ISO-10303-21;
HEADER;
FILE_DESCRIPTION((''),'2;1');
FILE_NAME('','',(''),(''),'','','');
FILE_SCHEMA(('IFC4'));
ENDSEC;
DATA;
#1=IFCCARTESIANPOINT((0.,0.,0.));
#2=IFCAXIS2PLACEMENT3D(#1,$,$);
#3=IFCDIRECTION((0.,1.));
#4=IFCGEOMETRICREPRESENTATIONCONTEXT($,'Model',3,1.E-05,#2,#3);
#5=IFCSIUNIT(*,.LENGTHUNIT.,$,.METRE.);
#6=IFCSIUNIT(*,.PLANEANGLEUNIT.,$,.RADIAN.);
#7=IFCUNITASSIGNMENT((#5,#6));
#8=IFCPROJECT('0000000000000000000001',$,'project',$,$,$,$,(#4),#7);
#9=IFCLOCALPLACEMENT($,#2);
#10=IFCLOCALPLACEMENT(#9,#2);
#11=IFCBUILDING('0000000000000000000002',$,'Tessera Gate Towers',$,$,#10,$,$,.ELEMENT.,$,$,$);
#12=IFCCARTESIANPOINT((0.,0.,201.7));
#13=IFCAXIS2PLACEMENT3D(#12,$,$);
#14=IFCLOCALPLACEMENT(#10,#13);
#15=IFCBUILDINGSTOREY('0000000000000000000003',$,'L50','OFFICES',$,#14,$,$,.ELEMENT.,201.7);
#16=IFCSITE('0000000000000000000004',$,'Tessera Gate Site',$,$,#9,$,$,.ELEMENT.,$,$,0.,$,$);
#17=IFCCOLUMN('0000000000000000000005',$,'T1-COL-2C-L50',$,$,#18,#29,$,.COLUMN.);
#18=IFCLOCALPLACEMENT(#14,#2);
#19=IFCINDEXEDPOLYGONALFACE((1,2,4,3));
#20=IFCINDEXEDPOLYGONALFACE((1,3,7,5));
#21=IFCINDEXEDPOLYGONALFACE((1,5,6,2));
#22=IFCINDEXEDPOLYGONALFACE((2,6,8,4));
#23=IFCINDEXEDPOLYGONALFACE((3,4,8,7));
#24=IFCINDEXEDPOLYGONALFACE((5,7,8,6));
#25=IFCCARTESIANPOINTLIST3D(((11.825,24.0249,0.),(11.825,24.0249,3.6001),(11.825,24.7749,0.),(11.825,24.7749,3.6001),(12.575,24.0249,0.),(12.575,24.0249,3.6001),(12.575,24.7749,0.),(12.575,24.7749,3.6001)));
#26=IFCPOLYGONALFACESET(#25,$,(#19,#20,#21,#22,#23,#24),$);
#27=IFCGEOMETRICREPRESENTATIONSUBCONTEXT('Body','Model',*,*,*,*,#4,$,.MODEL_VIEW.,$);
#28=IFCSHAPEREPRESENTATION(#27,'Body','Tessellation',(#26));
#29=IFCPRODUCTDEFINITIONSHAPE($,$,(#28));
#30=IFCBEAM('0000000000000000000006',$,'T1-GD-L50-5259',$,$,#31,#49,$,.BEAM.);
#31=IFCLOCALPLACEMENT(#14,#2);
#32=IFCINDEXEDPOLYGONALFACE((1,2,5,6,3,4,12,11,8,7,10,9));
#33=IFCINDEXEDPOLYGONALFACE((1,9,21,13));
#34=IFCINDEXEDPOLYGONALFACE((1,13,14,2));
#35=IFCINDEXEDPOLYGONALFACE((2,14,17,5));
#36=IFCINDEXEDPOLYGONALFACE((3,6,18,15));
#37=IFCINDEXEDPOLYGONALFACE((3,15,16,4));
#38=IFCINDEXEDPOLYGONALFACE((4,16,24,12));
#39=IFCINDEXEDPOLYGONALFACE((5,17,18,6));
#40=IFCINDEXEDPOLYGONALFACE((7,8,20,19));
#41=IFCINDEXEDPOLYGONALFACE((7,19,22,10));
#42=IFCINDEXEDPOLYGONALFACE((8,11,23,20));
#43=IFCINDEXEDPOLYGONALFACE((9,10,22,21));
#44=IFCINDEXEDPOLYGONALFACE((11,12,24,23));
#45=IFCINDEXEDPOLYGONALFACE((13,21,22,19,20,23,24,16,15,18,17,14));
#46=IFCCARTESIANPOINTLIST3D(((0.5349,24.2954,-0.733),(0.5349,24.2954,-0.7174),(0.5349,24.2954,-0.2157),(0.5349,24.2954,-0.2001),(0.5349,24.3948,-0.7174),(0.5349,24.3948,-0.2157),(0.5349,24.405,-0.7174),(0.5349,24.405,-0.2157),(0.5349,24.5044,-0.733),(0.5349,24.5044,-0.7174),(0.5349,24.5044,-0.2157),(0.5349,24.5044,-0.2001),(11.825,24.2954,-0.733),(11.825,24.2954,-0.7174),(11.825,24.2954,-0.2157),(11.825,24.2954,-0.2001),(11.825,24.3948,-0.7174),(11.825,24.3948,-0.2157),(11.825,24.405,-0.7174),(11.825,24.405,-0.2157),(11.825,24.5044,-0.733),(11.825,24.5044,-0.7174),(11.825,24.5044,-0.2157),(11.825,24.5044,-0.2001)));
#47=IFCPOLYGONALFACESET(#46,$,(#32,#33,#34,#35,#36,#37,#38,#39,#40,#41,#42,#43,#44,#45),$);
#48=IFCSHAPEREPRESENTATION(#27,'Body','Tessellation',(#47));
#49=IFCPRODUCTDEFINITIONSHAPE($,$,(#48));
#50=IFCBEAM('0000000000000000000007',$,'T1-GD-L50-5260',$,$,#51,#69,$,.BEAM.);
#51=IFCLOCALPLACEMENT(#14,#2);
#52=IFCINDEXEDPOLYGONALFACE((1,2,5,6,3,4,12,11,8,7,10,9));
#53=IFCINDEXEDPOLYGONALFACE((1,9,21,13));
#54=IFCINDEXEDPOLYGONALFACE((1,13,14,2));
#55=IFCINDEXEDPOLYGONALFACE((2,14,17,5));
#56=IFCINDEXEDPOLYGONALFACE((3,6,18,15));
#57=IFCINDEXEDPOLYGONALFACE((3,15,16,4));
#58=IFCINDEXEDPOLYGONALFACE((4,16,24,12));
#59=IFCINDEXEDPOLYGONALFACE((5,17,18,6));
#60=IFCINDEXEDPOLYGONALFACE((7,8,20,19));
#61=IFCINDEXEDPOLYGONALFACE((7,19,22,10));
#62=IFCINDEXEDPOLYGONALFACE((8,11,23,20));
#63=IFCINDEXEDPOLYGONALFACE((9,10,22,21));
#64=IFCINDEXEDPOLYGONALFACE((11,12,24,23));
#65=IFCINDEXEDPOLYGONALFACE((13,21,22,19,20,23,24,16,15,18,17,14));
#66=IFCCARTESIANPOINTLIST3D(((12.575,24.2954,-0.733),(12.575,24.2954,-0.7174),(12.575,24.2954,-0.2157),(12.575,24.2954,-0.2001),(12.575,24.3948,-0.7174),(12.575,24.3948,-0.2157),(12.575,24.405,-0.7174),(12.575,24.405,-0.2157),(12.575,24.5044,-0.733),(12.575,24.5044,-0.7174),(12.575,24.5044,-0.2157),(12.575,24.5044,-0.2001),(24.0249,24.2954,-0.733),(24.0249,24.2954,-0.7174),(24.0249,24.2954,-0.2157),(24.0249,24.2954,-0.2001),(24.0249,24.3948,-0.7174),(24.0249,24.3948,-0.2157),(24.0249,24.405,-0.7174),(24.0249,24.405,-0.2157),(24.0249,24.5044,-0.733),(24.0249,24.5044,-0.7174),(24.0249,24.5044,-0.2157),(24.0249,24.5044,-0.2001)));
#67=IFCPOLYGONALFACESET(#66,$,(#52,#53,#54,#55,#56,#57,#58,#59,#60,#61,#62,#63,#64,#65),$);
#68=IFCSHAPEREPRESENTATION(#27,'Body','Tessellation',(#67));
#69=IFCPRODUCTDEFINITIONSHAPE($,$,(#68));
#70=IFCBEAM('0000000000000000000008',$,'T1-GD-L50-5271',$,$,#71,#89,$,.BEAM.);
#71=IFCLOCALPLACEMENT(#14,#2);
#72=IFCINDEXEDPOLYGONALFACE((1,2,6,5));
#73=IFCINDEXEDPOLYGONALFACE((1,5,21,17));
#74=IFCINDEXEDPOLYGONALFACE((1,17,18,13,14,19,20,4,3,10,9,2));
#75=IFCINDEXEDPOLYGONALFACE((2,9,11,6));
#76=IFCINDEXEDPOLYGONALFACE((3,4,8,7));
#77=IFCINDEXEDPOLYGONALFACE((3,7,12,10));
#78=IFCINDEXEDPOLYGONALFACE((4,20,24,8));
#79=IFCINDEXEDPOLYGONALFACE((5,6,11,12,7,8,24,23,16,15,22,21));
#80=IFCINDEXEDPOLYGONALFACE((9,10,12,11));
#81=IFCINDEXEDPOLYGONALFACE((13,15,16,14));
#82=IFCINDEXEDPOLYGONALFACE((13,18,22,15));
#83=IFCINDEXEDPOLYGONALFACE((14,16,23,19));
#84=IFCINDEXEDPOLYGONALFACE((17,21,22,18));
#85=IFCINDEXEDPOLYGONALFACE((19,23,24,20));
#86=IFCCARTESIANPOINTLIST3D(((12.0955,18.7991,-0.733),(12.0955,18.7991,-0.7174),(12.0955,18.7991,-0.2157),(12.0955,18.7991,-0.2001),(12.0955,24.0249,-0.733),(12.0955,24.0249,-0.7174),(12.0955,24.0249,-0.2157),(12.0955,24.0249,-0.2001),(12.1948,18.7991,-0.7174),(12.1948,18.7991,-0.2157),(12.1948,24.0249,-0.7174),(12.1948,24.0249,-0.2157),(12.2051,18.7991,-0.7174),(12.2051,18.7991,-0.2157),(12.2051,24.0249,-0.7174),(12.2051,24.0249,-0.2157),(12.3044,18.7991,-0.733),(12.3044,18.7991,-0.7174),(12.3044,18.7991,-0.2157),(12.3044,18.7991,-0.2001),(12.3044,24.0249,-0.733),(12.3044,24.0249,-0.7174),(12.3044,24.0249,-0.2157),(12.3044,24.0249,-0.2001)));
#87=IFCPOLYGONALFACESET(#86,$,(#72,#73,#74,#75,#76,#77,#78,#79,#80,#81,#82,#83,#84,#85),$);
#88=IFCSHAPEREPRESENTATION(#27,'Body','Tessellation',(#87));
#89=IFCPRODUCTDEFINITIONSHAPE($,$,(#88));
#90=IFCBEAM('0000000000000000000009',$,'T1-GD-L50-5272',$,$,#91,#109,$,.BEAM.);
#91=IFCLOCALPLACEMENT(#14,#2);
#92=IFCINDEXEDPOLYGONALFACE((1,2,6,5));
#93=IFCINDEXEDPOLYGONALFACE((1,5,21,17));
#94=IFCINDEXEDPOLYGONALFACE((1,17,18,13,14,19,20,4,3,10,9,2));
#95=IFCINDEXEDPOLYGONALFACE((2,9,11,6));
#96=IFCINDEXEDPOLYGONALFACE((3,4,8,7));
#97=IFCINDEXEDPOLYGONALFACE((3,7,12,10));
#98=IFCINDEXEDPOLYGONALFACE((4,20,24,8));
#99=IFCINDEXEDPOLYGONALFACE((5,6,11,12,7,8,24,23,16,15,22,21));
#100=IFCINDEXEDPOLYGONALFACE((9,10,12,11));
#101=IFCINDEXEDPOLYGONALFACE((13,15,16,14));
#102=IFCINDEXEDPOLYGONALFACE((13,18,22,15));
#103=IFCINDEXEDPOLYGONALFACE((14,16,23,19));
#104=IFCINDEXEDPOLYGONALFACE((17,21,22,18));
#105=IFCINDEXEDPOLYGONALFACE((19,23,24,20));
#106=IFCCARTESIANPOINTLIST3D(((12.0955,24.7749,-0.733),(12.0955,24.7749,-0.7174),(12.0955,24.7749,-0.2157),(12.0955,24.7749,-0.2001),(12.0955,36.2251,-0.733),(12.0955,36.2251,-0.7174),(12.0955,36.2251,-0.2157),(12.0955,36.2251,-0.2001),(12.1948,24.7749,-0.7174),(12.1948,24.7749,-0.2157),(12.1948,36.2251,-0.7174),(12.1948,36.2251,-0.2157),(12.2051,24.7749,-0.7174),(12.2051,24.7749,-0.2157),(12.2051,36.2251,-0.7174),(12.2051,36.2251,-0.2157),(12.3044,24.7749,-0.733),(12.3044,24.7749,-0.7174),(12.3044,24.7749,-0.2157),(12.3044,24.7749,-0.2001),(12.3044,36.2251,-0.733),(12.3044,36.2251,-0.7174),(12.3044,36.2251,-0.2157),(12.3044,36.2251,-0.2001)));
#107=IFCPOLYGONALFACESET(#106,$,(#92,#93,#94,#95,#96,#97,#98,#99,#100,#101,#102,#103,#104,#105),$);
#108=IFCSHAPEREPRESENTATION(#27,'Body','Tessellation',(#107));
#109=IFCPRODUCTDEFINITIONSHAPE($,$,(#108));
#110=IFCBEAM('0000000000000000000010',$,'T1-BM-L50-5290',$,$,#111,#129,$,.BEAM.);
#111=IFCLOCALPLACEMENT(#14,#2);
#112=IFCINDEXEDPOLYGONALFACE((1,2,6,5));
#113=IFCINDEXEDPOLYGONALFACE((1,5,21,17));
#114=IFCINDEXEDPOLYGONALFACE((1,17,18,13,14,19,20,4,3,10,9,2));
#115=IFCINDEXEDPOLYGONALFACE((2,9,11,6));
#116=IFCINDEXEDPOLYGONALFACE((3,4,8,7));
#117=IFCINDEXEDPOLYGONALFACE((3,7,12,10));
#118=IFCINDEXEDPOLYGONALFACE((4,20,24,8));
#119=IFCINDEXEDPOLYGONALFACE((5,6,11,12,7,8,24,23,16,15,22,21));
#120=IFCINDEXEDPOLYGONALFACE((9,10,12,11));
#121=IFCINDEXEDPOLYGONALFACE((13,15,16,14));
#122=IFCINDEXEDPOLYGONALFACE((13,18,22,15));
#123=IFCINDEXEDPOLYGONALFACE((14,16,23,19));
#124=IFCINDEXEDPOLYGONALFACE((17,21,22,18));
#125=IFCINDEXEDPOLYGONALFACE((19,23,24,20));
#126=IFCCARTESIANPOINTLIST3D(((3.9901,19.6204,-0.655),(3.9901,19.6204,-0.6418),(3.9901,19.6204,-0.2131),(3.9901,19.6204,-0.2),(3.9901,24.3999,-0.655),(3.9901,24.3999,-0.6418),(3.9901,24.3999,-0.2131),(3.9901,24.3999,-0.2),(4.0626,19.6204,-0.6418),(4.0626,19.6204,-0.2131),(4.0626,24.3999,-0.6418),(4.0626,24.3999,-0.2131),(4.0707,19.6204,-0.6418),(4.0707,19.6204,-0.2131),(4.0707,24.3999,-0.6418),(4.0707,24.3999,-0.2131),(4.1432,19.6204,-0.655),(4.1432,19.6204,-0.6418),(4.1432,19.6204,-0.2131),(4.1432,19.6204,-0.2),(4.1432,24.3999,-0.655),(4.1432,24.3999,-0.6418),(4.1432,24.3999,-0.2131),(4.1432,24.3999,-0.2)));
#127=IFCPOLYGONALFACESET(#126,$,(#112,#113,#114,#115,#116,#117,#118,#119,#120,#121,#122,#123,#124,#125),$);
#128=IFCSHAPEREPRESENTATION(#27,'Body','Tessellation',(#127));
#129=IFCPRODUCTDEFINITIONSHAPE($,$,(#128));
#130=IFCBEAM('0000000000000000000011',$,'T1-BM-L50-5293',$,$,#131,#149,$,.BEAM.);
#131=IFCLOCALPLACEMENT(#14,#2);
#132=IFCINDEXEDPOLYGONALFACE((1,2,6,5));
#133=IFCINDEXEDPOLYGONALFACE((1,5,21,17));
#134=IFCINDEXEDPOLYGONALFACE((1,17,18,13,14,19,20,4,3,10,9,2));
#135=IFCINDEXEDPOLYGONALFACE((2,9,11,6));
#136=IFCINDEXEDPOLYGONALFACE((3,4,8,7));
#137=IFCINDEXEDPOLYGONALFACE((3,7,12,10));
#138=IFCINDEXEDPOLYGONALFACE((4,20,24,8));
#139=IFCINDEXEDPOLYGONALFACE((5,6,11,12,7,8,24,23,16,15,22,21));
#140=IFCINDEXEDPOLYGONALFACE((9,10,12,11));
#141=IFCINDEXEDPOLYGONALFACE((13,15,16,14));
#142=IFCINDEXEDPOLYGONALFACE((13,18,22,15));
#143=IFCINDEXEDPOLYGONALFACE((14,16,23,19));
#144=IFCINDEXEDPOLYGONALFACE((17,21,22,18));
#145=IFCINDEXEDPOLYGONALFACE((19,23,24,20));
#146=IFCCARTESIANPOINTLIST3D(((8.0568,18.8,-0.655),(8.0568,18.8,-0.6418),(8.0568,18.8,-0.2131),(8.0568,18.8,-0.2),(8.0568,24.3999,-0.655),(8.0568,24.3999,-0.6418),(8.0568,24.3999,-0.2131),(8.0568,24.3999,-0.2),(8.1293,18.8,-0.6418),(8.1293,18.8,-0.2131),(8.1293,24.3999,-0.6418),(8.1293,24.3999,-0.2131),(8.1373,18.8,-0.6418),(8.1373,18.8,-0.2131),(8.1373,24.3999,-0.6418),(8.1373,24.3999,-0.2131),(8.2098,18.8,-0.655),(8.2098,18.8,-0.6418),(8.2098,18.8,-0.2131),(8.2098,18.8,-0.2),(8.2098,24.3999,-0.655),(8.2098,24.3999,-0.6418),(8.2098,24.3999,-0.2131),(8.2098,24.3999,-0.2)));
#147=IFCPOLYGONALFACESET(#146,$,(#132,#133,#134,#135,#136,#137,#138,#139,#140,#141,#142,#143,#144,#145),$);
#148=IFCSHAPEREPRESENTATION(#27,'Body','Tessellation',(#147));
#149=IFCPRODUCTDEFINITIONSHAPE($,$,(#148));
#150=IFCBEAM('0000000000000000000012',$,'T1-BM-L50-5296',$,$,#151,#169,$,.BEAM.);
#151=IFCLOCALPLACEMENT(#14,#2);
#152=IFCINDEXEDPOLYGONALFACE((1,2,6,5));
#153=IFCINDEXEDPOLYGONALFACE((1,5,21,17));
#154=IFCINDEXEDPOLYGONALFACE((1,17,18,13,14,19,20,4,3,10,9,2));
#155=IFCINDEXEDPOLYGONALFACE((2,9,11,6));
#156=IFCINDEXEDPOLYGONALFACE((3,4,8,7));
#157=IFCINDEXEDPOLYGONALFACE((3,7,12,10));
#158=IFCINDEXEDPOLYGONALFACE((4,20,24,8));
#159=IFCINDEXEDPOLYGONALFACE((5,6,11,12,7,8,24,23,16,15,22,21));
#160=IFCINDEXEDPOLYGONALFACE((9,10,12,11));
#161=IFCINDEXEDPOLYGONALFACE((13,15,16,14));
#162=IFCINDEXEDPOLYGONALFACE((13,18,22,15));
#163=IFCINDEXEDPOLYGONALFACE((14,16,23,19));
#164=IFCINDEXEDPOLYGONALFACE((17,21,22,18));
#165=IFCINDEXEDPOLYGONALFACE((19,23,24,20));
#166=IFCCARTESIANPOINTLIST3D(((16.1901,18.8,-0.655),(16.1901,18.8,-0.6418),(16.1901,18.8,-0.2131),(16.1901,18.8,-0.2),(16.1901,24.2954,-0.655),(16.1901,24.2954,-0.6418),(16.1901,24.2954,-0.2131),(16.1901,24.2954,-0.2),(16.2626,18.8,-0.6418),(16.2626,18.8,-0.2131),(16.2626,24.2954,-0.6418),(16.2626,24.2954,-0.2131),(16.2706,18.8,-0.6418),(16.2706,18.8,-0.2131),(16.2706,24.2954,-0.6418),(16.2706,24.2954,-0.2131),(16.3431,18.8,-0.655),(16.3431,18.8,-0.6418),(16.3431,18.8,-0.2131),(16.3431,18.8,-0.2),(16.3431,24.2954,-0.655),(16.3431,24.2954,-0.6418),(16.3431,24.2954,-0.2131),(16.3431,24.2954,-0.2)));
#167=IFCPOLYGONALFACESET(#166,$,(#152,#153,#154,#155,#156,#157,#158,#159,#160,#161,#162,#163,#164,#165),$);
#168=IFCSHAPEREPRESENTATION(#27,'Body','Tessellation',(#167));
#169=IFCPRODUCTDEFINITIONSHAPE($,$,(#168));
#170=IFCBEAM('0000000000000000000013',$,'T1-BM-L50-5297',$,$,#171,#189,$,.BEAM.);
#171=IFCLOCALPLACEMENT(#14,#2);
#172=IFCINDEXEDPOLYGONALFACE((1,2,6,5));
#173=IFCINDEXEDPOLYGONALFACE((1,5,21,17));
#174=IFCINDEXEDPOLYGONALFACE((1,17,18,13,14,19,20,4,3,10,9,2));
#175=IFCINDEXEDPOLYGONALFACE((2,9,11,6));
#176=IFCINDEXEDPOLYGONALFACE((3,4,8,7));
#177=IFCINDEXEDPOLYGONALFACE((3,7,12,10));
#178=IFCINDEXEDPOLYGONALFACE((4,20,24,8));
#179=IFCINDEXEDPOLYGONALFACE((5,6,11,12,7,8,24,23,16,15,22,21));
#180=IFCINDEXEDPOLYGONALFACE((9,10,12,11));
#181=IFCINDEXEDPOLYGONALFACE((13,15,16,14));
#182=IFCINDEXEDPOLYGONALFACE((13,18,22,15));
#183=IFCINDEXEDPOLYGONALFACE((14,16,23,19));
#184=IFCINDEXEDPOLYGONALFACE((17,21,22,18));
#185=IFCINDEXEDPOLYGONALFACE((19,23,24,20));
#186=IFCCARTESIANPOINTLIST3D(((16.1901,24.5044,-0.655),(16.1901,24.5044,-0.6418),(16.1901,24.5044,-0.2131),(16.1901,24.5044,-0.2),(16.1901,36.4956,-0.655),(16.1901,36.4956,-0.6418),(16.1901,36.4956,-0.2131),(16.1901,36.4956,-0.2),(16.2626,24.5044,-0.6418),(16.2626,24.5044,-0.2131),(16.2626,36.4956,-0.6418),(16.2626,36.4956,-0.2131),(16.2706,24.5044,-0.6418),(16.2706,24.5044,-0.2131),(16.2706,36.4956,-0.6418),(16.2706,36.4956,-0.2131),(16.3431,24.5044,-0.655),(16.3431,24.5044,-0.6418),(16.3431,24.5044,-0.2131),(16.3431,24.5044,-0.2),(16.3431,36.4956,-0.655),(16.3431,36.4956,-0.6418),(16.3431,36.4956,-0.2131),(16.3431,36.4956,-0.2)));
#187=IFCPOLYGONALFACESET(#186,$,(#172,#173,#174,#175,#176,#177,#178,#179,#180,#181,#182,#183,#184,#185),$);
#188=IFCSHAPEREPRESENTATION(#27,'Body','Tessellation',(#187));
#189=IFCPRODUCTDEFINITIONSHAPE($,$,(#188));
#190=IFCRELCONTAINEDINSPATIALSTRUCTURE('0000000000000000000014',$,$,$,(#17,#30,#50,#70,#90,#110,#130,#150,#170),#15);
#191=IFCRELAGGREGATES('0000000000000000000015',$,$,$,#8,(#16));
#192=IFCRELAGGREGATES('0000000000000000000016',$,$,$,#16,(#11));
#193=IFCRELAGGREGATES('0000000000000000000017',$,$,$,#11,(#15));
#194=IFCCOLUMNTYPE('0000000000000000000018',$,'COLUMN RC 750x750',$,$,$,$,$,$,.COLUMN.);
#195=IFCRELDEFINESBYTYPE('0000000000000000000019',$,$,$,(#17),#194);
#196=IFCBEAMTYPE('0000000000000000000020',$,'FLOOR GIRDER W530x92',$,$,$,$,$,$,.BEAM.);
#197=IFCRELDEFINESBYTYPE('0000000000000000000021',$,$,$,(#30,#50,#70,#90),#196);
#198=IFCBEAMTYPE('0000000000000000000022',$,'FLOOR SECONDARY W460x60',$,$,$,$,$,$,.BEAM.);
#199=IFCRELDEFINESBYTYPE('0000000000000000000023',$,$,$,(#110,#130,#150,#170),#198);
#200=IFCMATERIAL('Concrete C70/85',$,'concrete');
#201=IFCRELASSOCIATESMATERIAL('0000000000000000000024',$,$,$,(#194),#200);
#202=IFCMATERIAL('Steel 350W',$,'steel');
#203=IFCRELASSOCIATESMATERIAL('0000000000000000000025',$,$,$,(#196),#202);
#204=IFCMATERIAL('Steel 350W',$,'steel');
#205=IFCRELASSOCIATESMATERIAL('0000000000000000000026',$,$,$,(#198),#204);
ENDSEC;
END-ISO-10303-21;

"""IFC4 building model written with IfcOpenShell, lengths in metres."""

from ifc_helpers import new_model, si_unit, direction, frame, origin, origin_2d, place, context, subcontext, project, spatial, rectangle, i_section, extrude, material, material_profile, profile_set, type_object, element, save


model = new_model("IFC4")

# Units and contexts
model_context = context("Model", 3, precision=1e-05, world=origin(), true_north=direction((0.0, 1.0)))
body_context = subcontext(model_context, "Body", "Model", "MODEL_VIEW")
ifc_project = project(units=[si_unit("LENGTHUNIT", "METRE"), si_unit("PLANEANGLEUNIT", "RADIAN")], contexts=[model_context])

# Site, building, storey
site_placement = place(None, origin())
site = spatial("IfcSite", under=ifc_project, at=site_placement, Name="Tessera Gate Site", CompositionType="ELEMENT", RefElevation=0.0)
building_placement = place(site_placement, origin())
building = spatial("IfcBuilding", under=site, at=building_placement, Name="Tessera Gate Towers", CompositionType="ELEMENT")
storey_placement = place(building_placement, frame((0.0, 0.0, 201.7)))
storey = spatial("IfcBuildingStorey", under=building, at=storey_placement, Name="L50", Description="OFFICES", CompositionType="ELEMENT", Elevation=201.7)

# Column
ifc_material_1 = material(Name="Concrete C70/85", Category="concrete")
ifc_material_profile_1 = material_profile(ifc_material_1, rectangle(XDim=0.75, YDim=0.75, at=origin_2d()), Name="RC 750x750")
ifc_profile_set_1 = profile_set([ifc_material_profile_1], Name="Concrete C70/85")
column_type = type_object("IfcColumnType", Name="COLUMN RC 750x750", PredefinedType="COLUMN", material=ifc_profile_set_1)
column_placement = place(storey_placement, frame((12.2, 24.3999, 0.0), z_axis=(0.0, 0.0, 1.0), x_axis=(1.0, 0.0, 0.0)))
element("IfcColumn", 1, at=column_placement, inside=storey, type_object=column_type, Name="T1-COL-2C-L50", PredefinedType="COLUMN", context=body_context, shape_type="SweptSolid", body=[
    extrude(rectangle(XDim=0.75, YDim=0.75, at=origin_2d()), origin(), (0.0, 0.0, 1.0), 3.6001),
])

# Beams
ifc_material_2 = material(Name="Steel 350W", Category="steel")
ifc_material_profile_2 = material_profile(ifc_material_2, i_section(OverallWidth=0.209, OverallDepth=0.533, WebThickness=0.0103, FlangeThickness=0.0156, at=origin_2d()), Name="W530x92")
ifc_profile_set_2 = profile_set([ifc_material_profile_2], Name="Steel 350W")
beam_type_1 = type_object("IfcBeamType", Name="FLOOR GIRDER W530x92", PredefinedType="BEAM", material=ifc_profile_set_2)
beam_1_placement = place(storey_placement, frame((0.5349, 24.3999, -0.4666), z_axis=(1.0, 0.0, 0.0), x_axis=(0.0, 1.0, 0.0)))
element("IfcBeam", 2, at=beam_1_placement, inside=storey, type_object=beam_type_1, Name="T1-GD-L50-5259", PredefinedType="BEAM", context=body_context, shape_type="SweptSolid", body=[
    extrude(i_section(OverallWidth=0.209, OverallDepth=0.533, WebThickness=0.0103, FlangeThickness=0.0156, at=origin_2d()), origin(), (0.0, 0.0, 1.0), 11.29),
])
beam_2_placement = place(storey_placement, frame((12.575, 24.3999, -0.4666), z_axis=(1.0, 0.0, 0.0), x_axis=(0.0, 1.0, 0.0)))
element("IfcBeam", 3, at=beam_2_placement, inside=storey, type_object=beam_type_1, Name="T1-GD-L50-5260", PredefinedType="BEAM", context=body_context, shape_type="SweptSolid", body=[
    extrude(i_section(OverallWidth=0.209, OverallDepth=0.533, WebThickness=0.0103, FlangeThickness=0.0156, at=origin_2d()), origin(), (0.0, 0.0, 1.0), 11.45),
])
beam_3_placement = place(storey_placement, frame((12.2, 18.7991, -0.4666), z_axis=(0.0, 1.0, 0.0), x_axis=(-1.0, 0.0, 0.0)))
element("IfcBeam", 4, at=beam_3_placement, inside=storey, type_object=beam_type_1, Name="T1-GD-L50-5271", PredefinedType="BEAM", context=body_context, shape_type="SweptSolid", body=[
    extrude(i_section(OverallWidth=0.209, OverallDepth=0.533, WebThickness=0.0103, FlangeThickness=0.0156, at=origin_2d()), origin(), (0.0, 0.0, 1.0), 5.2258),
])
beam_4_placement = place(storey_placement, frame((12.2, 24.7749, -0.4666), z_axis=(0.0, 1.0, 0.0), x_axis=(-1.0, 0.0, 0.0)))
element("IfcBeam", 5, at=beam_4_placement, inside=storey, type_object=beam_type_1, Name="T1-GD-L50-5272", PredefinedType="BEAM", context=body_context, shape_type="SweptSolid", body=[
    extrude(i_section(OverallWidth=0.209, OverallDepth=0.533, WebThickness=0.0103, FlangeThickness=0.0156, at=origin_2d()), origin(), (0.0, 0.0, 1.0), 11.4502),
])
ifc_material_3 = material(Name="Steel 350W", Category="steel")
ifc_material_profile_3 = material_profile(ifc_material_3, i_section(OverallWidth=0.1531, OverallDepth=0.4551, WebThickness=0.0081, FlangeThickness=0.0132, at=origin_2d()), Name="W460x60")
ifc_profile_set_3 = profile_set([ifc_material_profile_3], Name="Steel 350W")
beam_type_2 = type_object("IfcBeamType", Name="FLOOR SECONDARY W460x60", PredefinedType="BEAM", material=ifc_profile_set_3)
beam_5_placement = place(storey_placement, frame((4.0667, 19.6204, -0.4275), z_axis=(0.0, 1.0, 0.0), x_axis=(-1.0, 0.0, 0.0)))
element("IfcBeam", 6, at=beam_5_placement, inside=storey, type_object=beam_type_2, Name="T1-BM-L50-5290", PredefinedType="BEAM", context=body_context, shape_type="SweptSolid", body=[
    extrude(i_section(OverallWidth=0.1531, OverallDepth=0.4551, WebThickness=0.0081, FlangeThickness=0.0132, at=origin_2d()), origin(), (0.0, 0.0, 1.0), 4.7795),
])
beam_6_placement = place(storey_placement, frame((8.1333, 18.8, -0.4275), z_axis=(0.0, 1.0, 0.0), x_axis=(-1.0, 0.0, 0.0)))
element("IfcBeam", 7, at=beam_6_placement, inside=storey, type_object=beam_type_2, Name="T1-BM-L50-5293", PredefinedType="BEAM", context=body_context, shape_type="SweptSolid", body=[
    extrude(i_section(OverallWidth=0.1531, OverallDepth=0.4551, WebThickness=0.0081, FlangeThickness=0.0132, at=origin_2d()), origin(), (0.0, 0.0, 1.0), 5.5999),
])
beam_7_placement = place(storey_placement, frame((16.2666, 18.8, -0.4275), z_axis=(0.0, 1.0, 0.0), x_axis=(-1.0, 0.0, 0.0)))
element("IfcBeam", 8, at=beam_7_placement, inside=storey, type_object=beam_type_2, Name="T1-BM-L50-5296", PredefinedType="BEAM", context=body_context, shape_type="SweptSolid", body=[
    extrude(i_section(OverallWidth=0.1531, OverallDepth=0.4551, WebThickness=0.0081, FlangeThickness=0.0132, at=origin_2d()), origin(), (0.0, 0.0, 1.0), 5.4954),
])
beam_8_placement = place(storey_placement, frame((16.2666, 24.5044, -0.4275), z_axis=(0.0, 1.0, 0.0), x_axis=(-1.0, 0.0, 0.0)))
element("IfcBeam", 9, at=beam_8_placement, inside=storey, type_object=beam_type_2, Name="T1-BM-L50-5297", PredefinedType="BEAM", context=body_context, shape_type="SweptSolid", body=[
    extrude(i_section(OverallWidth=0.1531, OverallDepth=0.4551, WebThickness=0.0081, FlangeThickness=0.0132, at=origin_2d()), origin(), (0.0, 0.0, 1.0), 11.9912),
])

save(model, "model.ifc")
